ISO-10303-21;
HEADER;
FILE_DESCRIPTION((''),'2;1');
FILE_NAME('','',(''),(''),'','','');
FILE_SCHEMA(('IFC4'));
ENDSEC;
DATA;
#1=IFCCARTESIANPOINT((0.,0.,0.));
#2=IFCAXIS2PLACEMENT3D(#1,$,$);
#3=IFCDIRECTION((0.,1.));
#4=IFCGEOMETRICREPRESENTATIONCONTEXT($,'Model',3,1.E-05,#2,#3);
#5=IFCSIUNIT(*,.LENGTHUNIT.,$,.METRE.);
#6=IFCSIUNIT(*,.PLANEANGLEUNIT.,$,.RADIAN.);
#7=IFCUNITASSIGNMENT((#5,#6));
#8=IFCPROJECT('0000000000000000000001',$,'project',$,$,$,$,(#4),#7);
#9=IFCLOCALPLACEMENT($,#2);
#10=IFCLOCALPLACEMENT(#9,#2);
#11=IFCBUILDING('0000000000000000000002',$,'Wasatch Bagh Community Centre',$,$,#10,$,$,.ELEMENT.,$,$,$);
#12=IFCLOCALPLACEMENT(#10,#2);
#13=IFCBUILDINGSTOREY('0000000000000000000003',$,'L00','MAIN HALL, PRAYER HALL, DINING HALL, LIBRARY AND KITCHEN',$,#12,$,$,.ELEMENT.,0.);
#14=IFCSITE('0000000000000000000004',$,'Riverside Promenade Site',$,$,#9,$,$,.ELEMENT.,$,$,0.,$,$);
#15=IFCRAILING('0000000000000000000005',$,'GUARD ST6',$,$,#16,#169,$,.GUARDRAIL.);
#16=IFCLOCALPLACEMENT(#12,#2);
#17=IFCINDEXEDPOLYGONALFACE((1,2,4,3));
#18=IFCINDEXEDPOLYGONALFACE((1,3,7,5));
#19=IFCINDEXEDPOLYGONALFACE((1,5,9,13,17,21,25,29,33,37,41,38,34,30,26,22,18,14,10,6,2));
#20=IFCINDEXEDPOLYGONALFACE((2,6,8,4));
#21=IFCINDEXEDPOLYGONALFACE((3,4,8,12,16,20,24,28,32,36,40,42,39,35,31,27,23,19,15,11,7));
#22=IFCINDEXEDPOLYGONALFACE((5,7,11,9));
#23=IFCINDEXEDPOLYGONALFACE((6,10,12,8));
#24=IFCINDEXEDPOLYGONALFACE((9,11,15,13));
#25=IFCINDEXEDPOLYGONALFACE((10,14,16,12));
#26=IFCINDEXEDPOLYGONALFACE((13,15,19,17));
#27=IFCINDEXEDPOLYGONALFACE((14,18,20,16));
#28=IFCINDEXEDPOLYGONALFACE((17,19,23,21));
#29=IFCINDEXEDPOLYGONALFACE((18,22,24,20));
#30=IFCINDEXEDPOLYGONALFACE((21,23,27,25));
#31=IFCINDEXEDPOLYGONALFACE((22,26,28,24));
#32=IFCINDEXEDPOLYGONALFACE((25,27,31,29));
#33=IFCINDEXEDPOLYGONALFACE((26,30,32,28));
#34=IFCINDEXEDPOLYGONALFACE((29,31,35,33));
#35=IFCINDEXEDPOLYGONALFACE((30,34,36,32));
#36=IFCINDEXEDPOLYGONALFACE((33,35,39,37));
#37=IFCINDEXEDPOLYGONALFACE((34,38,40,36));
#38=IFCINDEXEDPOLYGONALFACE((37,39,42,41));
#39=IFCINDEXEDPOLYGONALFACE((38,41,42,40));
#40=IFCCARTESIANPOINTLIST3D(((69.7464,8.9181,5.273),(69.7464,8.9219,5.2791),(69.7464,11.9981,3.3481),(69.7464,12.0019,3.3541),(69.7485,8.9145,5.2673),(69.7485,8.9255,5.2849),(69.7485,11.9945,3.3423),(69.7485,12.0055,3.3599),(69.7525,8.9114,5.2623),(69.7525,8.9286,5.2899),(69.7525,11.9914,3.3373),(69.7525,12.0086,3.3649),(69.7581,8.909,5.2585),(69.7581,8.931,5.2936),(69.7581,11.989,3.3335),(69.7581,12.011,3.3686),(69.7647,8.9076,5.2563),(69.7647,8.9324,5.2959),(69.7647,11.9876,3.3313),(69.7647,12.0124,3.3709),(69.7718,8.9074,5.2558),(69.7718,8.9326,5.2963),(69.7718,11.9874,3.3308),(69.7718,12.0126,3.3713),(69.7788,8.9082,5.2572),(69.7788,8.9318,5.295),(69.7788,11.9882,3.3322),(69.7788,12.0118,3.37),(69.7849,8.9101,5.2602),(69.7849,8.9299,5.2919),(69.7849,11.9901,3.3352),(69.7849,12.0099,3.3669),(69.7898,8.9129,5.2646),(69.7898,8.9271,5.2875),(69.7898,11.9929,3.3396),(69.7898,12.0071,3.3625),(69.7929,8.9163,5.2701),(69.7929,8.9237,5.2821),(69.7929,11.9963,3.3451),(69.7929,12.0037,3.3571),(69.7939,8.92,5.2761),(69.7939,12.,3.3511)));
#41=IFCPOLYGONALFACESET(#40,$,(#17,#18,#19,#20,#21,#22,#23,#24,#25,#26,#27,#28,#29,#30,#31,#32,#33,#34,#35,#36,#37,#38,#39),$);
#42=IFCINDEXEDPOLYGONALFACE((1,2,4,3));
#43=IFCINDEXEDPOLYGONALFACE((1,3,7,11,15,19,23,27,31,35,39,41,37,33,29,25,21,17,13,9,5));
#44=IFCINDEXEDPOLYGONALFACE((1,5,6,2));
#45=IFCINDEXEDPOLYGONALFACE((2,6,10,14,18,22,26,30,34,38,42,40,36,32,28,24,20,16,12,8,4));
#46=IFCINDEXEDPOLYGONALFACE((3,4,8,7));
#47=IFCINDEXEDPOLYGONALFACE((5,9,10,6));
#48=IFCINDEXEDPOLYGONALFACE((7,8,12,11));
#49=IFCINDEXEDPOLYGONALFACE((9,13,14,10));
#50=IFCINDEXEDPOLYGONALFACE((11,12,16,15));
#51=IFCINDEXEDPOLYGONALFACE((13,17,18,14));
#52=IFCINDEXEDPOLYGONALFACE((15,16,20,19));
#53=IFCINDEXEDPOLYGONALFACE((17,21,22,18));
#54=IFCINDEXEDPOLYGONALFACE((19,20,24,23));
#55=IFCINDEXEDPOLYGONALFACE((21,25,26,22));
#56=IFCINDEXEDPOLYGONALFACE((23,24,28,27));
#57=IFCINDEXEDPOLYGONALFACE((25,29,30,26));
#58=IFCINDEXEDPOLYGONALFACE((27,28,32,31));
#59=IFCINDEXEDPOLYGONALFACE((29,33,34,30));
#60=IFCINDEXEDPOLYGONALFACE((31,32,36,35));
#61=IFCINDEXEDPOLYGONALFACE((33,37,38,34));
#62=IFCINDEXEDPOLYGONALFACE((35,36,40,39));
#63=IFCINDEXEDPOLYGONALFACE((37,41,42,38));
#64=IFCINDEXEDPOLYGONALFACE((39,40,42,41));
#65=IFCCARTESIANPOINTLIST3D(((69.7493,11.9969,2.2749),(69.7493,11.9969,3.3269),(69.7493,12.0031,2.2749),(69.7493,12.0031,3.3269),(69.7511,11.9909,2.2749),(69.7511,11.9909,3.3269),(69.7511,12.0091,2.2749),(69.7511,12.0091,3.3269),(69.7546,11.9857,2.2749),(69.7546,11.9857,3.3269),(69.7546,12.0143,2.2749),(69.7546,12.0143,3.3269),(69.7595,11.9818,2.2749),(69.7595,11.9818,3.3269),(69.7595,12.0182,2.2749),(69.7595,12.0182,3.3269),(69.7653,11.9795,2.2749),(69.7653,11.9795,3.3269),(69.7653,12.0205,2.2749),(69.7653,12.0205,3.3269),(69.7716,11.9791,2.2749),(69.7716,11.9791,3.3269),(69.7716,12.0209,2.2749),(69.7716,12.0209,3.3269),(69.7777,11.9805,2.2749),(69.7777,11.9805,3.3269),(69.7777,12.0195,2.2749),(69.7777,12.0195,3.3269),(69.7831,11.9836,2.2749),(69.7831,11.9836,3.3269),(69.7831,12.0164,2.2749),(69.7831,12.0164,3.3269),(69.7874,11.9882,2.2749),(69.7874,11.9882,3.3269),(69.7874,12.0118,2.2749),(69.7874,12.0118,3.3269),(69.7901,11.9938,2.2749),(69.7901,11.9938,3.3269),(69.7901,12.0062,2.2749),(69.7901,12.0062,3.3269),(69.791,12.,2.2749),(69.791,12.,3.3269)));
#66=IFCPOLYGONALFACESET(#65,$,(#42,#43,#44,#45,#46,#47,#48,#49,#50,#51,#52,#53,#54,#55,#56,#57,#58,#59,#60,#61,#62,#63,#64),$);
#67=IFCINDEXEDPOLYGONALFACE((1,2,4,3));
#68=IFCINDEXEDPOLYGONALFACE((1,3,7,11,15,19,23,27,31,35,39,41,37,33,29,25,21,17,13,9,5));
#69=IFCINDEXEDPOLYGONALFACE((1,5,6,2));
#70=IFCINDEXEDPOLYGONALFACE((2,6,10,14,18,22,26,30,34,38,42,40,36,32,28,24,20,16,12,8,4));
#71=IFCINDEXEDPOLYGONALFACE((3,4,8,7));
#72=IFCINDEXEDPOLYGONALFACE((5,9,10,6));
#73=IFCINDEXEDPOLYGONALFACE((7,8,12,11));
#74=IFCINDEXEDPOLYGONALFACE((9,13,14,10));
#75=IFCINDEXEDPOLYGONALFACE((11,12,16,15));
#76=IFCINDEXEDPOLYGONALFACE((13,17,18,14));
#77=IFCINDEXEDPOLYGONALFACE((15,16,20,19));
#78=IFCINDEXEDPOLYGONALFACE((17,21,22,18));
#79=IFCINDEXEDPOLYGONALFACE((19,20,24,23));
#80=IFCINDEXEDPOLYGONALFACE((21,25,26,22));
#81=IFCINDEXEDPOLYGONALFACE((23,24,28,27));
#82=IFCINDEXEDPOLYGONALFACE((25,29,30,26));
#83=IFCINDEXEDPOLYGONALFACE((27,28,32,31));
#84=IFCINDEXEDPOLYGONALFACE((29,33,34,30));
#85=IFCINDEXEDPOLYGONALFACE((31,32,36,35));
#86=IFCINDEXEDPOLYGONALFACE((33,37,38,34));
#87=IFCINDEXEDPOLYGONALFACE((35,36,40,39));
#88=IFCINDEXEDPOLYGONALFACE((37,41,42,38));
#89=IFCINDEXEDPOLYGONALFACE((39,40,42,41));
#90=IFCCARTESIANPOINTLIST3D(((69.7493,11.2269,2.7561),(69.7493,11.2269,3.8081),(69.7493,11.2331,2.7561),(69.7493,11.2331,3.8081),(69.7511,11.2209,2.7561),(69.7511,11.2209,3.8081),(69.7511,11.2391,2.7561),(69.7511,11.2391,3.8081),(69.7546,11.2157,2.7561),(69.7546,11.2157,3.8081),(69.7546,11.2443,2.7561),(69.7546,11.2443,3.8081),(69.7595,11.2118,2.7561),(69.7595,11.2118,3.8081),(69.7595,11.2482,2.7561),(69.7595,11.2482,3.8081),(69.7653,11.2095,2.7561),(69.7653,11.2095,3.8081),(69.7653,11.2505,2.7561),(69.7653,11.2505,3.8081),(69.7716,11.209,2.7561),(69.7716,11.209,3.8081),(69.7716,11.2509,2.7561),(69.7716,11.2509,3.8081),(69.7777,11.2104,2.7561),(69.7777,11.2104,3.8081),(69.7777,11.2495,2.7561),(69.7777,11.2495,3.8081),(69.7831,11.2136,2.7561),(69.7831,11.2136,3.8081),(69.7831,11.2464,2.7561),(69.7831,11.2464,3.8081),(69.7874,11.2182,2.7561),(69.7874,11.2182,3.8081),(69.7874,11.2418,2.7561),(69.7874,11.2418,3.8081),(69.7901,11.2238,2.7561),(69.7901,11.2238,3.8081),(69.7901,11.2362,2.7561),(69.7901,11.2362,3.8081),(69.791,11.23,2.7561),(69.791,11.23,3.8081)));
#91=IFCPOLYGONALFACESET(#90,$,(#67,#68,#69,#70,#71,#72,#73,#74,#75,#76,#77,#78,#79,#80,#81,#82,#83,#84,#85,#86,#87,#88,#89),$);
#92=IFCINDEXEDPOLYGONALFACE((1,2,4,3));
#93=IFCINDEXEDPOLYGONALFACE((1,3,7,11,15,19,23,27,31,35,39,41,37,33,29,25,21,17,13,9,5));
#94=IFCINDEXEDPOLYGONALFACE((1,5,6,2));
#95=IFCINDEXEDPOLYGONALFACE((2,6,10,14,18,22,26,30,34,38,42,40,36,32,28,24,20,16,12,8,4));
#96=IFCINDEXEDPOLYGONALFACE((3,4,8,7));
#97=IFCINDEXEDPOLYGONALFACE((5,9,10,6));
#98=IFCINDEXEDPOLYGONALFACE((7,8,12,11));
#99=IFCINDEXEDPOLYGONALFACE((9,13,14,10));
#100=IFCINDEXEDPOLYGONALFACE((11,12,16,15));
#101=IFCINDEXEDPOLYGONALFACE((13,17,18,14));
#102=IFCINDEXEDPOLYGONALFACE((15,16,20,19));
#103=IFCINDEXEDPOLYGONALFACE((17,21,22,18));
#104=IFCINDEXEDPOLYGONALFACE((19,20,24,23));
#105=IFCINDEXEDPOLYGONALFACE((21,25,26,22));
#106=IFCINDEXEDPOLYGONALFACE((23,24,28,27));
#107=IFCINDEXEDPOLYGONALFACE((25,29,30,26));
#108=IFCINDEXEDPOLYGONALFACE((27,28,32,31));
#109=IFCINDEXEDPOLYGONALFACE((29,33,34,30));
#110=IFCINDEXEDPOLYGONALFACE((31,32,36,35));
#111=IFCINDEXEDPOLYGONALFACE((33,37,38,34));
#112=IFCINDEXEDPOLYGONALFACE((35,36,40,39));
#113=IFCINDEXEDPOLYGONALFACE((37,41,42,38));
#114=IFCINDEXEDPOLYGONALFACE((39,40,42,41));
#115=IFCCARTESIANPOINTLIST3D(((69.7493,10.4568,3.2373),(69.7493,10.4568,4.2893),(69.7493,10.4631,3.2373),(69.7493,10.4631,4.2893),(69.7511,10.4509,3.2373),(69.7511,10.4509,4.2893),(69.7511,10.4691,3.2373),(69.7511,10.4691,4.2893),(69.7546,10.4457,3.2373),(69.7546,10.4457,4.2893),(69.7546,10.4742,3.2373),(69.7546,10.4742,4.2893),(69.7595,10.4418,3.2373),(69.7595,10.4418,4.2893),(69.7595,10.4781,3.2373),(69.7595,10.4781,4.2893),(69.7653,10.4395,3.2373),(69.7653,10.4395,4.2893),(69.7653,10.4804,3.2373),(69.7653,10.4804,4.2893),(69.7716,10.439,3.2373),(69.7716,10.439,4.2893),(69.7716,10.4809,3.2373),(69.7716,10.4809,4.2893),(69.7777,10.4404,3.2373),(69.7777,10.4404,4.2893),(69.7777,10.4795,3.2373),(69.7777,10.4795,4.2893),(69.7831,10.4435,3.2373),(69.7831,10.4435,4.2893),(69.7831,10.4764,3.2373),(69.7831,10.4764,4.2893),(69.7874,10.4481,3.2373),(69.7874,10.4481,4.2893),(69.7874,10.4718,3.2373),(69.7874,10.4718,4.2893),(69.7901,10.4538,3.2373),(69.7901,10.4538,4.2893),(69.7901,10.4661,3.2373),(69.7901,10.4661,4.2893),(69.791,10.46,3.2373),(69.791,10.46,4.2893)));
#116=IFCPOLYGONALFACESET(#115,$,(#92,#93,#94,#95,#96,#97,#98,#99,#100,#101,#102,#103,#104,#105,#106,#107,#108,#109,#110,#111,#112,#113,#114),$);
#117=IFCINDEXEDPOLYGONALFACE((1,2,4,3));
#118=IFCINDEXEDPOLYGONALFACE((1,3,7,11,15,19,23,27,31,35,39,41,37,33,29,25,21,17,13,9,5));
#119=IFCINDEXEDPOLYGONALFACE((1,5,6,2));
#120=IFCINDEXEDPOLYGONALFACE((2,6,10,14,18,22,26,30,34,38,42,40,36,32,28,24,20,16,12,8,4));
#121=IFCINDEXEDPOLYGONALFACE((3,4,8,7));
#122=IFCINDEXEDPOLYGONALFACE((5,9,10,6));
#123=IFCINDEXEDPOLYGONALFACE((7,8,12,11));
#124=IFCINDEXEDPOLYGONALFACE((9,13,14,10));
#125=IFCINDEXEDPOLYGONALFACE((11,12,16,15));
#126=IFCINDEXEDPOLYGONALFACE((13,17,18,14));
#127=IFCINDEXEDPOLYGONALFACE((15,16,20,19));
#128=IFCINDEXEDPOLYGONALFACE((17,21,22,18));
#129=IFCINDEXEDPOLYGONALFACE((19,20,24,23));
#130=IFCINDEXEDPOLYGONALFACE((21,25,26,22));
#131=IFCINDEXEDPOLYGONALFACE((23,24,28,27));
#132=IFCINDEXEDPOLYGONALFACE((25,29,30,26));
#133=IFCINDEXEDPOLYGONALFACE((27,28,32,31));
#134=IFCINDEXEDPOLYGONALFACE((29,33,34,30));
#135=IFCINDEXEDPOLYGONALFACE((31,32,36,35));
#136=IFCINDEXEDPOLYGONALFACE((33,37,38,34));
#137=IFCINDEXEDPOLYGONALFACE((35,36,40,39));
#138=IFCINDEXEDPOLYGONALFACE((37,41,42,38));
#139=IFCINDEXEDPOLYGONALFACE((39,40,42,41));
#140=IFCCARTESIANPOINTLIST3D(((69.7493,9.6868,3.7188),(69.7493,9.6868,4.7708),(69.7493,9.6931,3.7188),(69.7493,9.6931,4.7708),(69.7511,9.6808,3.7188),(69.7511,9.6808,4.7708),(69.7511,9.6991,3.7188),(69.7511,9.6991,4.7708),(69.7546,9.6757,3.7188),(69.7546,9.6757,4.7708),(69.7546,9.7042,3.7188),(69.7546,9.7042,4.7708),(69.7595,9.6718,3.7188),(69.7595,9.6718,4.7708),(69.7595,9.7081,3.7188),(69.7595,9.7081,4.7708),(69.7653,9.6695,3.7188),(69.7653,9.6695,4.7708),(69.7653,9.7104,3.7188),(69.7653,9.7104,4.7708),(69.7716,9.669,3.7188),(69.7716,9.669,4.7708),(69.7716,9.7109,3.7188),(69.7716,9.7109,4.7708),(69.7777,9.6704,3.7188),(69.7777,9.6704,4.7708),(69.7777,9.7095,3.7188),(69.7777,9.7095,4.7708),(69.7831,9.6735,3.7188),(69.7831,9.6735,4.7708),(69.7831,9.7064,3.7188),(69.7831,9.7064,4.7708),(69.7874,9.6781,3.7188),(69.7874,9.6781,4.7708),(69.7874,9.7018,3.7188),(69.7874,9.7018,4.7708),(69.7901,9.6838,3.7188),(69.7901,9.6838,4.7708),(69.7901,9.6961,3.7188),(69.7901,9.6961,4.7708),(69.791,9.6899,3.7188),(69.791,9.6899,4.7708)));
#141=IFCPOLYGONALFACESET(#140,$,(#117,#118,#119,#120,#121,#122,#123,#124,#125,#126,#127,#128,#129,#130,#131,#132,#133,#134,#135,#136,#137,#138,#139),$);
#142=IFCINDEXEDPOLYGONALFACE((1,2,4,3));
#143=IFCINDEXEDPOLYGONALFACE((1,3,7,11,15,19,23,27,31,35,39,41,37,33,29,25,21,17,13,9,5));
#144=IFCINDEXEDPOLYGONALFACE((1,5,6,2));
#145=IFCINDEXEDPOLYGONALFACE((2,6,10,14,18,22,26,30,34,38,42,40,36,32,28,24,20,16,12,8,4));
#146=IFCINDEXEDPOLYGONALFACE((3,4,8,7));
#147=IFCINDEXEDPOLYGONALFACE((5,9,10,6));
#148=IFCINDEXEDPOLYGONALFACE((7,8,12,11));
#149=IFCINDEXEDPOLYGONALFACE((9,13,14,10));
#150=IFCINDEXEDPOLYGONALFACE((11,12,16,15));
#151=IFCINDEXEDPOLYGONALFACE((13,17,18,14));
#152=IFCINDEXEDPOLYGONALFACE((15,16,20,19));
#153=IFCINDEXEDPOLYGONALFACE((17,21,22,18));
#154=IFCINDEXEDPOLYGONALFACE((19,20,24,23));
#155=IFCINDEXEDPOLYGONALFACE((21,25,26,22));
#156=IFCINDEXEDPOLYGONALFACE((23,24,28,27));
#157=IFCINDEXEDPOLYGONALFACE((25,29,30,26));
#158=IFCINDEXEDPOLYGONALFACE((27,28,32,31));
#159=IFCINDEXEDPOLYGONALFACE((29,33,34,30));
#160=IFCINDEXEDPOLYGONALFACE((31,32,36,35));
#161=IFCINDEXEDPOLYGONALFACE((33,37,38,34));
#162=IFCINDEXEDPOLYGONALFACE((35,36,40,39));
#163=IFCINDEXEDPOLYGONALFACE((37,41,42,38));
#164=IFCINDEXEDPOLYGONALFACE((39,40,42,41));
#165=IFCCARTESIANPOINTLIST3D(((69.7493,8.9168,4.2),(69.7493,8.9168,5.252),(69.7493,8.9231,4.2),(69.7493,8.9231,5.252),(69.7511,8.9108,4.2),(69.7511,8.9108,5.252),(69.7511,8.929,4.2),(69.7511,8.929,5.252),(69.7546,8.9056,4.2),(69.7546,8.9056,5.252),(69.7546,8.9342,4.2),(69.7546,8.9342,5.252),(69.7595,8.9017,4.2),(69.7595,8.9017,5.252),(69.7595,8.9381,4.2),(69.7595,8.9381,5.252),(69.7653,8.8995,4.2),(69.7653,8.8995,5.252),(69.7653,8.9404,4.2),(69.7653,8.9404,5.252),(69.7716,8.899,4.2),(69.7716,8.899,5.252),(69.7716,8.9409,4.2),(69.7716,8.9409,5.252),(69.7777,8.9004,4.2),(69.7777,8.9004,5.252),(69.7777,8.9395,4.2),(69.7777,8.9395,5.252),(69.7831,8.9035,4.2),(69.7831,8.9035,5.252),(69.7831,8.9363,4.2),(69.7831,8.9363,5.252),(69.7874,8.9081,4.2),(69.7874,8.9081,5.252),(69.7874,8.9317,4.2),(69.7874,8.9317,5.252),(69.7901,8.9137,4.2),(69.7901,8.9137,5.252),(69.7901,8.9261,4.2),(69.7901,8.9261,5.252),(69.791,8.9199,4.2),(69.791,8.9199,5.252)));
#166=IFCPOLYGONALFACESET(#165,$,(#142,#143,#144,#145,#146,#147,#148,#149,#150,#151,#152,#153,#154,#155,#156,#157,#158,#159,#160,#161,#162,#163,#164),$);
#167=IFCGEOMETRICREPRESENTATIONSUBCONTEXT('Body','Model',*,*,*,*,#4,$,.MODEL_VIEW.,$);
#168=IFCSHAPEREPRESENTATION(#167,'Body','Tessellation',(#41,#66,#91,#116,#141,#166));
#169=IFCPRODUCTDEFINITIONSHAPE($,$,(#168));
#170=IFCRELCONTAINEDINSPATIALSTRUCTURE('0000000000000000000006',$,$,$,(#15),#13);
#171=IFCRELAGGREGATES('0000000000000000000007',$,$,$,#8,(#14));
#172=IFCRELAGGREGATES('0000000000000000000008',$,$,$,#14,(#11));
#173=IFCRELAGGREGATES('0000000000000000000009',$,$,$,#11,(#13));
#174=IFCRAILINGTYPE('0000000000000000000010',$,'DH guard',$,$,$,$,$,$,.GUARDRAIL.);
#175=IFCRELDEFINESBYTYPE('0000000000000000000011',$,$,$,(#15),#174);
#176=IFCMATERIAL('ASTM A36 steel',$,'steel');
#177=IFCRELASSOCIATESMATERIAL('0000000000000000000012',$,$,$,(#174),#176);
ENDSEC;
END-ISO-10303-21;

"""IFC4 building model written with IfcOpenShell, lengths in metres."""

from ifc_helpers import new_model, si_unit, direction, frame, origin, origin_2d, place, context, subcontext, project, spatial, circle, extrude, material, type_object, element, save


model = new_model("IFC4")

# Units and contexts
model_context = context("Model", 3, precision=1e-05, world=origin(), true_north=direction((0.0, 1.0)))
body_context = subcontext(model_context, "Body", "Model", "MODEL_VIEW")
ifc_project = project(units=[si_unit("LENGTHUNIT", "METRE"), si_unit("PLANEANGLEUNIT", "RADIAN")], contexts=[model_context])

# Site, building, storey
site_placement = place(None, origin())
site = spatial("IfcSite", under=ifc_project, at=site_placement, Name="Riverside Promenade Site", CompositionType="ELEMENT", RefElevation=0.0)
building_placement = place(site_placement, origin())
building = spatial("IfcBuilding", under=site, at=building_placement, Name="Wasatch Bagh Community Centre", CompositionType="ELEMENT")
storey_placement = place(building_placement, origin())
storey = spatial("IfcBuildingStorey", under=building, at=storey_placement, Name="L00", Description="MAIN HALL, PRAYER HALL, DINING HALL, LIBRARY AND KITCHEN", CompositionType="ELEMENT", Elevation=0.0)

# Railing
ifc_material_1 = material(Name="ASTM A36 steel", Category="steel")
railing_type_1 = type_object("IfcRailingType", Name="DH guard", PredefinedType="GUARDRAIL", material=ifc_material_1)
for number, where, name in (
    (1, (69.77, 12.0, 2.2749), "GUARD ST6"),
):
    element("IfcRailing", number, at=place(storey_placement, frame(where)), inside=storey, type_object=railing_type_1, Name=name, PredefinedType="GUARDRAIL", context=body_context, shape_type="SweptSolid", body=[
        extrude(circle(Radius=0.0239, at=origin_2d()), frame((0.0, 0.0, 1.0762), z_axis=(0.0, -0.847998, 0.529999), x_axis=(1.0, 0.0, 0.0)), (0.0, 0.0, 1.0), 3.6321),
        extrude(circle(Radius=0.021, at=origin_2d()), origin(), (0.0, 0.0, 1.0), 1.052),
        extrude(circle(Radius=0.021, at=origin_2d()), frame((0.0, -0.77, 0.4812)), (0.0, 0.0, 1.0), 1.052),
        extrude(circle(Radius=0.021, at=origin_2d()), frame((0.0, -1.54, 0.9624)), (0.0, 0.0, 1.0), 1.052),
        extrude(circle(Radius=0.021, at=origin_2d()), frame((0.0, -2.3101, 1.4438)), (0.0, 0.0, 1.0), 1.052),
        extrude(circle(Radius=0.021, at=origin_2d()), frame((0.0, -3.0801, 1.925)), (0.0, 0.0, 1.0), 1.052),
    ])

save(model, "model.ifc")
